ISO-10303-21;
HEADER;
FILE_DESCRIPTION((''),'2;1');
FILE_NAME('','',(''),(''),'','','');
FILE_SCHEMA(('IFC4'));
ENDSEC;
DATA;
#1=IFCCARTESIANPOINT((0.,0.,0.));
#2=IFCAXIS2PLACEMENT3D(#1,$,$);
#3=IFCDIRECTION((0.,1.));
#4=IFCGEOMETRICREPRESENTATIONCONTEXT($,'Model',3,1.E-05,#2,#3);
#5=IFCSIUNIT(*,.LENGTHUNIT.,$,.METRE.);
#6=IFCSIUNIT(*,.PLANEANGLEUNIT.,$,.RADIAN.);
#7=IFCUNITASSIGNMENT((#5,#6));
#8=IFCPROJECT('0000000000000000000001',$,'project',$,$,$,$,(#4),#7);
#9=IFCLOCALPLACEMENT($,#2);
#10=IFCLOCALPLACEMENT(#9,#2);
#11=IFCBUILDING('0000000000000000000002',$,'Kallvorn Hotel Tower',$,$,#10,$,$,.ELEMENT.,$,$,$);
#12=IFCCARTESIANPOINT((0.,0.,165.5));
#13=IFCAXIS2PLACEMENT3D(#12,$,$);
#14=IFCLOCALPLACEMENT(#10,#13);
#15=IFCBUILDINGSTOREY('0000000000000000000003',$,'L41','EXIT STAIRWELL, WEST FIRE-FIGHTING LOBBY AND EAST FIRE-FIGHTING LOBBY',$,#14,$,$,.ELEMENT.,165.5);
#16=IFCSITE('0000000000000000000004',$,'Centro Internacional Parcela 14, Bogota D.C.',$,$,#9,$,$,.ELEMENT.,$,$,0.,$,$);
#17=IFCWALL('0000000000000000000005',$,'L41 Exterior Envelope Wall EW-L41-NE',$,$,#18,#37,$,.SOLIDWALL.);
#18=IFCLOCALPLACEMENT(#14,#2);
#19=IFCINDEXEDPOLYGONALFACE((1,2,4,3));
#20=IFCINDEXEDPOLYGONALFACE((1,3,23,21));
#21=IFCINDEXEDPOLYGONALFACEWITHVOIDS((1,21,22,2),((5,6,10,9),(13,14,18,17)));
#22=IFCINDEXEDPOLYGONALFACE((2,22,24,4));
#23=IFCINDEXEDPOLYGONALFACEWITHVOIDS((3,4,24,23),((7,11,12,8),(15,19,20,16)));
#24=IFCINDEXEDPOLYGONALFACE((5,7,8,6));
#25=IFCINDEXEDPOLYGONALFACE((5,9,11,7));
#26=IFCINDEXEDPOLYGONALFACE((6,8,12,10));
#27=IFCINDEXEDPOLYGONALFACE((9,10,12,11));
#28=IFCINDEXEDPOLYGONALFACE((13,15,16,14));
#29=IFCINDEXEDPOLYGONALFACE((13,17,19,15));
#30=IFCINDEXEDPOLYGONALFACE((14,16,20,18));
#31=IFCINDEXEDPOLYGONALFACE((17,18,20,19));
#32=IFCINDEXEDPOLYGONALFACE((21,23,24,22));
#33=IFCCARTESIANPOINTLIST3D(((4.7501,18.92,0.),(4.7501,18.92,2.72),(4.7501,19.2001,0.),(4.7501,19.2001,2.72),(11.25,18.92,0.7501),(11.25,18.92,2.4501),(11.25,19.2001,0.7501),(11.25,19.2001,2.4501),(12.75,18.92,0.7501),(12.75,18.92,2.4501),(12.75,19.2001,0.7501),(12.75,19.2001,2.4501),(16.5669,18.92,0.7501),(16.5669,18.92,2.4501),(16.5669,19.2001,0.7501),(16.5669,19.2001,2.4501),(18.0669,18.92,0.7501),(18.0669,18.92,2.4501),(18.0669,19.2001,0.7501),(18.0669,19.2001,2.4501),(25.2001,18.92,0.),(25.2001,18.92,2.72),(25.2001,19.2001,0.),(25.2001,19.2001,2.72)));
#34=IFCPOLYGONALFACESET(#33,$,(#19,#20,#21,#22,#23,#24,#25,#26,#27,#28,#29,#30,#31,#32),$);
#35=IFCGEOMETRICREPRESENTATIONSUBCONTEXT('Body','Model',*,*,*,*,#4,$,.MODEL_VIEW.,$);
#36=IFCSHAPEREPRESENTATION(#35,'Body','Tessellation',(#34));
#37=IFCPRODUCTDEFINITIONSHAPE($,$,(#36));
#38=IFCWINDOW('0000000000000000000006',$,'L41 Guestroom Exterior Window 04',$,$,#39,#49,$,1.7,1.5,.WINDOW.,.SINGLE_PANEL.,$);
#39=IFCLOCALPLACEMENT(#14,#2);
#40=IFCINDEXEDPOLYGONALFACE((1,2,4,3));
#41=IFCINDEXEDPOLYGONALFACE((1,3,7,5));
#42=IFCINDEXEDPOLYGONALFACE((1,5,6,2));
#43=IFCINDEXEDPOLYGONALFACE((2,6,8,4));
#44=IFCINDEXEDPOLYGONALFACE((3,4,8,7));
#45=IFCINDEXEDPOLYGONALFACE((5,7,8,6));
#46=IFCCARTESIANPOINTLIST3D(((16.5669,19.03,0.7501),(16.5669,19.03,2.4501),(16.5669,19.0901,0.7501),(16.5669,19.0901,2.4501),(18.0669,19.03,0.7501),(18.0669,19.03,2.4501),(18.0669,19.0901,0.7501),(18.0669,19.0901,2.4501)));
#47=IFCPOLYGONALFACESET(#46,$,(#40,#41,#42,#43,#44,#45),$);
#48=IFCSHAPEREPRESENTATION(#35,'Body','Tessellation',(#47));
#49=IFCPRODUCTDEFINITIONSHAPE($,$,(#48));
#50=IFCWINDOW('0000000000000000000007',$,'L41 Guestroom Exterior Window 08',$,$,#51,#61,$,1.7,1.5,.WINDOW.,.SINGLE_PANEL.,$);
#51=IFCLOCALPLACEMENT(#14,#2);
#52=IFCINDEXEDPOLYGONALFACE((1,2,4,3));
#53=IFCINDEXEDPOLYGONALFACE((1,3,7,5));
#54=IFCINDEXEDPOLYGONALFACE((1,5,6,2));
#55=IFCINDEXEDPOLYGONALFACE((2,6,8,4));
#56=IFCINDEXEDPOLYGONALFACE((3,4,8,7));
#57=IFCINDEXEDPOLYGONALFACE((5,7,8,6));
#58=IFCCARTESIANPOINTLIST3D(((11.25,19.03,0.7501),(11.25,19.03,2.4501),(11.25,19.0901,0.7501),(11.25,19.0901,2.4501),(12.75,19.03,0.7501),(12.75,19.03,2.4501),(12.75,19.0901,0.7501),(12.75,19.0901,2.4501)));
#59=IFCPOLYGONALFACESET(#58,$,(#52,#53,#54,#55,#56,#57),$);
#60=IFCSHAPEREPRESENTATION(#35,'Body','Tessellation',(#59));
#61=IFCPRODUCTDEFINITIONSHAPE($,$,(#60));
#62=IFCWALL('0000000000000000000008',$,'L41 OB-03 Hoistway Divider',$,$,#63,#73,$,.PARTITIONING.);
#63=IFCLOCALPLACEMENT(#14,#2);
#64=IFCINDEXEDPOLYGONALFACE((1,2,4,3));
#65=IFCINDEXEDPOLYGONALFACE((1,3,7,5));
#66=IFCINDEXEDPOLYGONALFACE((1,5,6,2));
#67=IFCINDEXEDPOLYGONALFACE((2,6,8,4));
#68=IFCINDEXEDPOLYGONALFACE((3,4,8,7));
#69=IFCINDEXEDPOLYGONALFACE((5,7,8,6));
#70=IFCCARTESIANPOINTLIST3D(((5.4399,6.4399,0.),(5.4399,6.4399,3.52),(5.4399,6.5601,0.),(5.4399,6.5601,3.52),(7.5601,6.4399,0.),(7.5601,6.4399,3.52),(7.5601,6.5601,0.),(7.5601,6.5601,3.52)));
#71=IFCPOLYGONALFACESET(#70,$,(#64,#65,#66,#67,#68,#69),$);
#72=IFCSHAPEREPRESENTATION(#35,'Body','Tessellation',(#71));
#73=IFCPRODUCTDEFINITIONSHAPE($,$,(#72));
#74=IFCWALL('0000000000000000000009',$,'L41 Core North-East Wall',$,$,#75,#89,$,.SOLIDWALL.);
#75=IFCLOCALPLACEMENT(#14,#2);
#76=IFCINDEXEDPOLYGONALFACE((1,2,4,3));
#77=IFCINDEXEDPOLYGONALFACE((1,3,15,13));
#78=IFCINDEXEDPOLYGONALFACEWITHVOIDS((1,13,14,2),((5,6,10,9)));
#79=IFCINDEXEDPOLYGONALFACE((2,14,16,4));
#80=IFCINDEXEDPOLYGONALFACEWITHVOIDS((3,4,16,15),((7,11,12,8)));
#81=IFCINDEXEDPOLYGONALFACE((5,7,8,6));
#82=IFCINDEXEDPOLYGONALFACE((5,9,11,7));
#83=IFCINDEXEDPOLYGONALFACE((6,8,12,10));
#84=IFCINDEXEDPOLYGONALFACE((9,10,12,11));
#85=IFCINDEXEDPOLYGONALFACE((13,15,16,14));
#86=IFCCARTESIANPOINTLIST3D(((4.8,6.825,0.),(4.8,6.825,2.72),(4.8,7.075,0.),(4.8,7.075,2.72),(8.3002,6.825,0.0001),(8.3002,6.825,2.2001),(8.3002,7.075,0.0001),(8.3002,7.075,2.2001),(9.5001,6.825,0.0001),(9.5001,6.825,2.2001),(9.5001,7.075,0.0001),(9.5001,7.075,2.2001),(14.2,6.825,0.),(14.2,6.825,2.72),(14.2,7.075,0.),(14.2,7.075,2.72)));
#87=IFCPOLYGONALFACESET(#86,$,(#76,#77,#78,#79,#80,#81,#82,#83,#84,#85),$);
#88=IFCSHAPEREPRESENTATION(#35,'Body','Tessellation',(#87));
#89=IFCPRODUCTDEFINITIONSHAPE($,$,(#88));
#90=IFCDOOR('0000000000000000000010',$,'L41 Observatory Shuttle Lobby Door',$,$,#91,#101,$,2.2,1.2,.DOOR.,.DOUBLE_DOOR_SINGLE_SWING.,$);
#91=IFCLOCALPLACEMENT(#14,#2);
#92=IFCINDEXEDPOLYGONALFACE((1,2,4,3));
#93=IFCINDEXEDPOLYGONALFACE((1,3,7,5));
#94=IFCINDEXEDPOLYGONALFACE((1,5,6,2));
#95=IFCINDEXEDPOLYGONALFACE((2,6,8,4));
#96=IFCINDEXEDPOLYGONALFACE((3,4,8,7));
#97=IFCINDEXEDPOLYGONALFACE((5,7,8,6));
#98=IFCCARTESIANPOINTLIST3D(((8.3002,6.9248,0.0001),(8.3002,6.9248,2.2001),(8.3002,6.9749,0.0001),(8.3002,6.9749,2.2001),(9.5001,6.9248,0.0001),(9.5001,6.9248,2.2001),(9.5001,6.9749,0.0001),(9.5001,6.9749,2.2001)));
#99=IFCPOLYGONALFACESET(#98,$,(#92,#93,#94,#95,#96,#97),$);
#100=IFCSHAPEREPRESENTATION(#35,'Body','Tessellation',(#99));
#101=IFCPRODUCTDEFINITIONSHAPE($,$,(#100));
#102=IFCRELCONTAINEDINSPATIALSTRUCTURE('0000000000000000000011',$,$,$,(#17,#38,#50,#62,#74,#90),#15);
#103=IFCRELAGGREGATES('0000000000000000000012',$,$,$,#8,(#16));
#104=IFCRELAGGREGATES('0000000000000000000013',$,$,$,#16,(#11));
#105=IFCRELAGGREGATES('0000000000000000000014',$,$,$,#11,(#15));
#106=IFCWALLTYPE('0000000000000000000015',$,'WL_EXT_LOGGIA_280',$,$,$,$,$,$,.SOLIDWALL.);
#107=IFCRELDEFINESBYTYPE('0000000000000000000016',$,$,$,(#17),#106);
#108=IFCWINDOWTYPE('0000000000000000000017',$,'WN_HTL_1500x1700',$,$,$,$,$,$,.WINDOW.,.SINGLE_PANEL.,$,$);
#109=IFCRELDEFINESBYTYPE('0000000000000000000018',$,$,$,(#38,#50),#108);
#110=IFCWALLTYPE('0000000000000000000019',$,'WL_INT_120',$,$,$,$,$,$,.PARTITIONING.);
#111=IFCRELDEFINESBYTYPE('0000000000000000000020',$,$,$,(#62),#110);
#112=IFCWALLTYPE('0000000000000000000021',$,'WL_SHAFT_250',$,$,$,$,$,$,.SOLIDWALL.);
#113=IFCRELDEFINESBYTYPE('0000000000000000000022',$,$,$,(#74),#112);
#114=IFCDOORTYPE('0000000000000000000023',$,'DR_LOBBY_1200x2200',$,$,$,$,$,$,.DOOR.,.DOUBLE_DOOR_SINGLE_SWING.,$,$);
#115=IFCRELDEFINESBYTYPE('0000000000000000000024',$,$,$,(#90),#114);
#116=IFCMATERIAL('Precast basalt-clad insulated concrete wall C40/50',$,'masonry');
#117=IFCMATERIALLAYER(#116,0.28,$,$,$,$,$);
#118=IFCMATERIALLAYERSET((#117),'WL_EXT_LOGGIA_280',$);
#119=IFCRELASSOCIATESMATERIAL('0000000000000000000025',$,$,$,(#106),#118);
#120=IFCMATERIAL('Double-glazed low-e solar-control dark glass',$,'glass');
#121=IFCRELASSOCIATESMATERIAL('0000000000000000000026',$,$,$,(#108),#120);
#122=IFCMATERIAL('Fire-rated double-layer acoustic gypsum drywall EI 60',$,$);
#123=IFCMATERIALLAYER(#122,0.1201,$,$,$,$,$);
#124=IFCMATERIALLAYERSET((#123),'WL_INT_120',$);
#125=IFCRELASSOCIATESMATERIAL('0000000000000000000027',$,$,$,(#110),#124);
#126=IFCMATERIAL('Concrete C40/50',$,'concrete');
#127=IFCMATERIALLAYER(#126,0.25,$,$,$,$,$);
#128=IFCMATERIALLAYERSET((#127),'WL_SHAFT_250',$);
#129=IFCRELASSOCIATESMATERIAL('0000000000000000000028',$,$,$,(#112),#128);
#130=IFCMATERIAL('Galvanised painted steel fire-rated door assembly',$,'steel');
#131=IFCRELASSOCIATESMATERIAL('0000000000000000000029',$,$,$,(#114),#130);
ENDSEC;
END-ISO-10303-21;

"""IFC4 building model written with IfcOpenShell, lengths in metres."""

from ifc_helpers import new_model, si_unit, direction, frame, frame_2d, origin, place, context, subcontext, project, spatial, rectangle, extrude, material, layer, layer_set, type_object, element, fill, save


model = new_model("IFC4")

# Units and contexts
model_context = context("Model", 3, precision=1e-05, world=origin(), true_north=direction((0.0, 1.0)))
body_context = subcontext(model_context, "Body", "Model", "MODEL_VIEW")
ifc_project = project(units=[si_unit("LENGTHUNIT", "METRE"), si_unit("PLANEANGLEUNIT", "RADIAN")], contexts=[model_context])

# Site, building, storey
site_placement = place(None, origin())
site = spatial("IfcSite", under=ifc_project, at=site_placement, Name="Centro Internacional Parcela 14, Bogota D.C.", CompositionType="ELEMENT", RefElevation=0.0)
building_placement = place(site_placement, origin())
building = spatial("IfcBuilding", under=site, at=building_placement, Name="Kallvorn Hotel Tower", CompositionType="ELEMENT")
storey_placement = place(building_placement, frame((0.0, 0.0, 165.5)))
storey = spatial("IfcBuildingStorey", under=building, at=storey_placement, Name="L41", Description="EXIT STAIRWELL, WEST FIRE-FIGHTING LOBBY AND EAST FIRE-FIGHTING LOBBY", CompositionType="ELEMENT", Elevation=165.5)

# Wall, openings, windows
ifc_material_1 = material(Name="Precast basalt-clad insulated concrete wall C40/50", Category="masonry")
ifc_layer_1 = layer(ifc_material_1, 0.28)
ifc_layer_set_1 = layer_set([ifc_layer_1], Name="WL_EXT_LOGGIA_280")
wall_type_1 = type_object("IfcWallType", Name="WL_EXT_LOGGIA_280", PredefinedType="SOLIDWALL", material=ifc_layer_set_1)
wall_1_placement = place(storey_placement, frame((4.75, 19.0601, 0.0), z_axis=(0.0, 0.0, 1.0), x_axis=(1.0, 0.0, 0.0)))
wall_1 = element("IfcWall", 1, at=wall_1_placement, inside=storey, type_object=wall_type_1, Name="L41 Exterior Envelope Wall EW-L41-NE", PredefinedType="SOLIDWALL", context=body_context, shape_type="SweptSolid", body=[
    extrude(rectangle(XDim=20.45, YDim=0.28, at=frame_2d((10.2251, 0.0))), origin(), (0.0, 0.0, 1.0), 2.72),
])
opening_1_placement = place(wall_1_placement, frame((11.8169, 0.0, 0.75)))
opening_1 = element("IfcOpeningElement", 2, at=opening_1_placement, cuts=wall_1, PredefinedType="OPENING", context=body_context, shape_type="SweptSolid", body=[
    extrude(rectangle(XDim=1.5, YDim=1.7, at=frame_2d((0.75, 0.8501))), frame((0.0, 0.155, 0.0), z_axis=(0.0, -1.0, 0.0), x_axis=(1.0, 0.0, 0.0)), (0.0, 0.0, 1.0), 0.3101),
])
opening_2_placement = place(wall_1_placement, frame((6.5, 0.0, 0.75)))
opening_2 = element("IfcOpeningElement", 3, at=opening_2_placement, cuts=wall_1, PredefinedType="OPENING", context=body_context, shape_type="SweptSolid", body=[
    extrude(rectangle(XDim=1.5, YDim=1.7, at=frame_2d((0.75, 0.8501))), frame((0.0, 0.155, 0.0), z_axis=(0.0, -1.0, 0.0), x_axis=(1.0, 0.0, 0.0)), (0.0, 0.0, 1.0), 0.3101),
])
ifc_material_2 = material(Name="Double-glazed low-e solar-control dark glass", Category="glass")
window_type = type_object("IfcWindowType", Name="WN_HTL_1500x1700", PartitioningType="SINGLE_PANEL", PredefinedType="WINDOW", material=ifc_material_2)
window_1_placement = place(opening_1_placement, origin())
window_1 = element("IfcWindow", 4, at=window_1_placement, inside=storey, type_object=window_type, Name="L41 Guestroom Exterior Window 04", OverallHeight=1.7, OverallWidth=1.5, PartitioningType="SINGLE_PANEL", PredefinedType="WINDOW", context=body_context, shape_type="SweptSolid", body=[
    extrude(rectangle(XDim=1.5, YDim=1.7, at=frame_2d((0.75, 0.8501))), frame((0.0, 0.03, 0.0), z_axis=(0.0, -1.0, 0.0), x_axis=(1.0, 0.0, 0.0)), (0.0, 0.0, 1.0), 0.0601),
])
fill(opening_1, window_1)
window_2_placement = place(opening_2_placement, origin())
window_2 = element("IfcWindow", 5, at=window_2_placement, inside=storey, type_object=window_type, Name="L41 Guestroom Exterior Window 08", OverallHeight=1.7, OverallWidth=1.5, PartitioningType="SINGLE_PANEL", PredefinedType="WINDOW", context=body_context, shape_type="SweptSolid", body=[
    extrude(rectangle(XDim=1.5, YDim=1.7, at=frame_2d((0.75, 0.8501))), frame((0.0, 0.03, 0.0), z_axis=(0.0, -1.0, 0.0), x_axis=(1.0, 0.0, 0.0)), (0.0, 0.0, 1.0), 0.0601),
])
fill(opening_2, window_2)

# Wall
ifc_material_3 = material(Name="Fire-rated double-layer acoustic gypsum drywall EI 60")
ifc_layer_2 = layer(ifc_material_3, 0.1201)
ifc_layer_set_2 = layer_set([ifc_layer_2], Name="WL_INT_120")
wall_type_2 = type_object("IfcWallType", Name="WL_INT_120", PredefinedType="PARTITIONING", material=ifc_layer_set_2)
wall_2_placement = place(storey_placement, frame((5.4399, 6.5, 0.0), z_axis=(0.0, 0.0, 1.0), x_axis=(1.0, 0.0, 0.0)))
element("IfcWall", 6, at=wall_2_placement, inside=storey, type_object=wall_type_2, Name="L41 OB-03 Hoistway Divider", PredefinedType="PARTITIONING", context=body_context, shape_type="SweptSolid", body=[
    extrude(rectangle(XDim=2.1201, YDim=0.1201, at=frame_2d((1.0601, 0.0))), origin(), (0.0, 0.0, 1.0), 3.52),
])

# Wall, opening, door
ifc_material_4 = material(Name="Concrete C40/50", Category="concrete")
ifc_layer_3 = layer(ifc_material_4, 0.25)
ifc_layer_set_3 = layer_set([ifc_layer_3], Name="WL_SHAFT_250")
wall_type_3 = type_object("IfcWallType", Name="WL_SHAFT_250", PredefinedType="SOLIDWALL", material=ifc_layer_set_3)
wall_3_placement = place(storey_placement, frame((4.8, 6.95, 0.0), z_axis=(0.0, 0.0, 1.0), x_axis=(1.0, 0.0, 0.0)))
wall_3 = element("IfcWall", 7, at=wall_3_placement, inside=storey, type_object=wall_type_3, Name="L41 Core North-East Wall", PredefinedType="SOLIDWALL", context=body_context, shape_type="SweptSolid", body=[
    extrude(rectangle(XDim=9.3999, YDim=0.25, at=frame_2d((4.7, 0.0))), origin(), (0.0, 0.0, 1.0), 2.72),
])
opening_3_placement = place(wall_3_placement, frame((3.5, 0.0, 0.0)))
opening_3 = element("IfcOpeningElement", 8, at=opening_3_placement, cuts=wall_3, PredefinedType="OPENING", context=body_context, shape_type="SweptSolid", body=[
    extrude(rectangle(XDim=1.2, YDim=2.2, at=frame_2d((0.6001, 1.1001))), frame((0.0, 0.1399, 0.0), z_axis=(0.0, -1.0, 0.0), x_axis=(1.0, 0.0, 0.0)), (0.0, 0.0, 1.0), 0.28),
])
ifc_material_5 = material(Name="Galvanised painted steel fire-rated door assembly", Category="steel")
door_type = type_object("IfcDoorType", Name="DR_LOBBY_1200x2200", OperationType="DOUBLE_DOOR_SINGLE_SWING", PredefinedType="DOOR", material=ifc_material_5)
door_placement = place(opening_3_placement, origin())
door = element("IfcDoor", 9, at=door_placement, inside=storey, type_object=door_type, Name="L41 Observatory Shuttle Lobby Door", OperationType="DOUBLE_DOOR_SINGLE_SWING", OverallHeight=2.2, OverallWidth=1.2, PredefinedType="DOOR", context=body_context, shape_type="SweptSolid", body=[
    extrude(rectangle(XDim=1.2, YDim=2.2, at=frame_2d((0.6001, 1.1001))), frame((0.0, 0.0249, 0.0), z_axis=(0.0, -1.0, 0.0), x_axis=(1.0, 0.0, 0.0)), (0.0, 0.0, 1.0), 0.05),
])
fill(opening_3, door)

save(model, "model.ifc")
